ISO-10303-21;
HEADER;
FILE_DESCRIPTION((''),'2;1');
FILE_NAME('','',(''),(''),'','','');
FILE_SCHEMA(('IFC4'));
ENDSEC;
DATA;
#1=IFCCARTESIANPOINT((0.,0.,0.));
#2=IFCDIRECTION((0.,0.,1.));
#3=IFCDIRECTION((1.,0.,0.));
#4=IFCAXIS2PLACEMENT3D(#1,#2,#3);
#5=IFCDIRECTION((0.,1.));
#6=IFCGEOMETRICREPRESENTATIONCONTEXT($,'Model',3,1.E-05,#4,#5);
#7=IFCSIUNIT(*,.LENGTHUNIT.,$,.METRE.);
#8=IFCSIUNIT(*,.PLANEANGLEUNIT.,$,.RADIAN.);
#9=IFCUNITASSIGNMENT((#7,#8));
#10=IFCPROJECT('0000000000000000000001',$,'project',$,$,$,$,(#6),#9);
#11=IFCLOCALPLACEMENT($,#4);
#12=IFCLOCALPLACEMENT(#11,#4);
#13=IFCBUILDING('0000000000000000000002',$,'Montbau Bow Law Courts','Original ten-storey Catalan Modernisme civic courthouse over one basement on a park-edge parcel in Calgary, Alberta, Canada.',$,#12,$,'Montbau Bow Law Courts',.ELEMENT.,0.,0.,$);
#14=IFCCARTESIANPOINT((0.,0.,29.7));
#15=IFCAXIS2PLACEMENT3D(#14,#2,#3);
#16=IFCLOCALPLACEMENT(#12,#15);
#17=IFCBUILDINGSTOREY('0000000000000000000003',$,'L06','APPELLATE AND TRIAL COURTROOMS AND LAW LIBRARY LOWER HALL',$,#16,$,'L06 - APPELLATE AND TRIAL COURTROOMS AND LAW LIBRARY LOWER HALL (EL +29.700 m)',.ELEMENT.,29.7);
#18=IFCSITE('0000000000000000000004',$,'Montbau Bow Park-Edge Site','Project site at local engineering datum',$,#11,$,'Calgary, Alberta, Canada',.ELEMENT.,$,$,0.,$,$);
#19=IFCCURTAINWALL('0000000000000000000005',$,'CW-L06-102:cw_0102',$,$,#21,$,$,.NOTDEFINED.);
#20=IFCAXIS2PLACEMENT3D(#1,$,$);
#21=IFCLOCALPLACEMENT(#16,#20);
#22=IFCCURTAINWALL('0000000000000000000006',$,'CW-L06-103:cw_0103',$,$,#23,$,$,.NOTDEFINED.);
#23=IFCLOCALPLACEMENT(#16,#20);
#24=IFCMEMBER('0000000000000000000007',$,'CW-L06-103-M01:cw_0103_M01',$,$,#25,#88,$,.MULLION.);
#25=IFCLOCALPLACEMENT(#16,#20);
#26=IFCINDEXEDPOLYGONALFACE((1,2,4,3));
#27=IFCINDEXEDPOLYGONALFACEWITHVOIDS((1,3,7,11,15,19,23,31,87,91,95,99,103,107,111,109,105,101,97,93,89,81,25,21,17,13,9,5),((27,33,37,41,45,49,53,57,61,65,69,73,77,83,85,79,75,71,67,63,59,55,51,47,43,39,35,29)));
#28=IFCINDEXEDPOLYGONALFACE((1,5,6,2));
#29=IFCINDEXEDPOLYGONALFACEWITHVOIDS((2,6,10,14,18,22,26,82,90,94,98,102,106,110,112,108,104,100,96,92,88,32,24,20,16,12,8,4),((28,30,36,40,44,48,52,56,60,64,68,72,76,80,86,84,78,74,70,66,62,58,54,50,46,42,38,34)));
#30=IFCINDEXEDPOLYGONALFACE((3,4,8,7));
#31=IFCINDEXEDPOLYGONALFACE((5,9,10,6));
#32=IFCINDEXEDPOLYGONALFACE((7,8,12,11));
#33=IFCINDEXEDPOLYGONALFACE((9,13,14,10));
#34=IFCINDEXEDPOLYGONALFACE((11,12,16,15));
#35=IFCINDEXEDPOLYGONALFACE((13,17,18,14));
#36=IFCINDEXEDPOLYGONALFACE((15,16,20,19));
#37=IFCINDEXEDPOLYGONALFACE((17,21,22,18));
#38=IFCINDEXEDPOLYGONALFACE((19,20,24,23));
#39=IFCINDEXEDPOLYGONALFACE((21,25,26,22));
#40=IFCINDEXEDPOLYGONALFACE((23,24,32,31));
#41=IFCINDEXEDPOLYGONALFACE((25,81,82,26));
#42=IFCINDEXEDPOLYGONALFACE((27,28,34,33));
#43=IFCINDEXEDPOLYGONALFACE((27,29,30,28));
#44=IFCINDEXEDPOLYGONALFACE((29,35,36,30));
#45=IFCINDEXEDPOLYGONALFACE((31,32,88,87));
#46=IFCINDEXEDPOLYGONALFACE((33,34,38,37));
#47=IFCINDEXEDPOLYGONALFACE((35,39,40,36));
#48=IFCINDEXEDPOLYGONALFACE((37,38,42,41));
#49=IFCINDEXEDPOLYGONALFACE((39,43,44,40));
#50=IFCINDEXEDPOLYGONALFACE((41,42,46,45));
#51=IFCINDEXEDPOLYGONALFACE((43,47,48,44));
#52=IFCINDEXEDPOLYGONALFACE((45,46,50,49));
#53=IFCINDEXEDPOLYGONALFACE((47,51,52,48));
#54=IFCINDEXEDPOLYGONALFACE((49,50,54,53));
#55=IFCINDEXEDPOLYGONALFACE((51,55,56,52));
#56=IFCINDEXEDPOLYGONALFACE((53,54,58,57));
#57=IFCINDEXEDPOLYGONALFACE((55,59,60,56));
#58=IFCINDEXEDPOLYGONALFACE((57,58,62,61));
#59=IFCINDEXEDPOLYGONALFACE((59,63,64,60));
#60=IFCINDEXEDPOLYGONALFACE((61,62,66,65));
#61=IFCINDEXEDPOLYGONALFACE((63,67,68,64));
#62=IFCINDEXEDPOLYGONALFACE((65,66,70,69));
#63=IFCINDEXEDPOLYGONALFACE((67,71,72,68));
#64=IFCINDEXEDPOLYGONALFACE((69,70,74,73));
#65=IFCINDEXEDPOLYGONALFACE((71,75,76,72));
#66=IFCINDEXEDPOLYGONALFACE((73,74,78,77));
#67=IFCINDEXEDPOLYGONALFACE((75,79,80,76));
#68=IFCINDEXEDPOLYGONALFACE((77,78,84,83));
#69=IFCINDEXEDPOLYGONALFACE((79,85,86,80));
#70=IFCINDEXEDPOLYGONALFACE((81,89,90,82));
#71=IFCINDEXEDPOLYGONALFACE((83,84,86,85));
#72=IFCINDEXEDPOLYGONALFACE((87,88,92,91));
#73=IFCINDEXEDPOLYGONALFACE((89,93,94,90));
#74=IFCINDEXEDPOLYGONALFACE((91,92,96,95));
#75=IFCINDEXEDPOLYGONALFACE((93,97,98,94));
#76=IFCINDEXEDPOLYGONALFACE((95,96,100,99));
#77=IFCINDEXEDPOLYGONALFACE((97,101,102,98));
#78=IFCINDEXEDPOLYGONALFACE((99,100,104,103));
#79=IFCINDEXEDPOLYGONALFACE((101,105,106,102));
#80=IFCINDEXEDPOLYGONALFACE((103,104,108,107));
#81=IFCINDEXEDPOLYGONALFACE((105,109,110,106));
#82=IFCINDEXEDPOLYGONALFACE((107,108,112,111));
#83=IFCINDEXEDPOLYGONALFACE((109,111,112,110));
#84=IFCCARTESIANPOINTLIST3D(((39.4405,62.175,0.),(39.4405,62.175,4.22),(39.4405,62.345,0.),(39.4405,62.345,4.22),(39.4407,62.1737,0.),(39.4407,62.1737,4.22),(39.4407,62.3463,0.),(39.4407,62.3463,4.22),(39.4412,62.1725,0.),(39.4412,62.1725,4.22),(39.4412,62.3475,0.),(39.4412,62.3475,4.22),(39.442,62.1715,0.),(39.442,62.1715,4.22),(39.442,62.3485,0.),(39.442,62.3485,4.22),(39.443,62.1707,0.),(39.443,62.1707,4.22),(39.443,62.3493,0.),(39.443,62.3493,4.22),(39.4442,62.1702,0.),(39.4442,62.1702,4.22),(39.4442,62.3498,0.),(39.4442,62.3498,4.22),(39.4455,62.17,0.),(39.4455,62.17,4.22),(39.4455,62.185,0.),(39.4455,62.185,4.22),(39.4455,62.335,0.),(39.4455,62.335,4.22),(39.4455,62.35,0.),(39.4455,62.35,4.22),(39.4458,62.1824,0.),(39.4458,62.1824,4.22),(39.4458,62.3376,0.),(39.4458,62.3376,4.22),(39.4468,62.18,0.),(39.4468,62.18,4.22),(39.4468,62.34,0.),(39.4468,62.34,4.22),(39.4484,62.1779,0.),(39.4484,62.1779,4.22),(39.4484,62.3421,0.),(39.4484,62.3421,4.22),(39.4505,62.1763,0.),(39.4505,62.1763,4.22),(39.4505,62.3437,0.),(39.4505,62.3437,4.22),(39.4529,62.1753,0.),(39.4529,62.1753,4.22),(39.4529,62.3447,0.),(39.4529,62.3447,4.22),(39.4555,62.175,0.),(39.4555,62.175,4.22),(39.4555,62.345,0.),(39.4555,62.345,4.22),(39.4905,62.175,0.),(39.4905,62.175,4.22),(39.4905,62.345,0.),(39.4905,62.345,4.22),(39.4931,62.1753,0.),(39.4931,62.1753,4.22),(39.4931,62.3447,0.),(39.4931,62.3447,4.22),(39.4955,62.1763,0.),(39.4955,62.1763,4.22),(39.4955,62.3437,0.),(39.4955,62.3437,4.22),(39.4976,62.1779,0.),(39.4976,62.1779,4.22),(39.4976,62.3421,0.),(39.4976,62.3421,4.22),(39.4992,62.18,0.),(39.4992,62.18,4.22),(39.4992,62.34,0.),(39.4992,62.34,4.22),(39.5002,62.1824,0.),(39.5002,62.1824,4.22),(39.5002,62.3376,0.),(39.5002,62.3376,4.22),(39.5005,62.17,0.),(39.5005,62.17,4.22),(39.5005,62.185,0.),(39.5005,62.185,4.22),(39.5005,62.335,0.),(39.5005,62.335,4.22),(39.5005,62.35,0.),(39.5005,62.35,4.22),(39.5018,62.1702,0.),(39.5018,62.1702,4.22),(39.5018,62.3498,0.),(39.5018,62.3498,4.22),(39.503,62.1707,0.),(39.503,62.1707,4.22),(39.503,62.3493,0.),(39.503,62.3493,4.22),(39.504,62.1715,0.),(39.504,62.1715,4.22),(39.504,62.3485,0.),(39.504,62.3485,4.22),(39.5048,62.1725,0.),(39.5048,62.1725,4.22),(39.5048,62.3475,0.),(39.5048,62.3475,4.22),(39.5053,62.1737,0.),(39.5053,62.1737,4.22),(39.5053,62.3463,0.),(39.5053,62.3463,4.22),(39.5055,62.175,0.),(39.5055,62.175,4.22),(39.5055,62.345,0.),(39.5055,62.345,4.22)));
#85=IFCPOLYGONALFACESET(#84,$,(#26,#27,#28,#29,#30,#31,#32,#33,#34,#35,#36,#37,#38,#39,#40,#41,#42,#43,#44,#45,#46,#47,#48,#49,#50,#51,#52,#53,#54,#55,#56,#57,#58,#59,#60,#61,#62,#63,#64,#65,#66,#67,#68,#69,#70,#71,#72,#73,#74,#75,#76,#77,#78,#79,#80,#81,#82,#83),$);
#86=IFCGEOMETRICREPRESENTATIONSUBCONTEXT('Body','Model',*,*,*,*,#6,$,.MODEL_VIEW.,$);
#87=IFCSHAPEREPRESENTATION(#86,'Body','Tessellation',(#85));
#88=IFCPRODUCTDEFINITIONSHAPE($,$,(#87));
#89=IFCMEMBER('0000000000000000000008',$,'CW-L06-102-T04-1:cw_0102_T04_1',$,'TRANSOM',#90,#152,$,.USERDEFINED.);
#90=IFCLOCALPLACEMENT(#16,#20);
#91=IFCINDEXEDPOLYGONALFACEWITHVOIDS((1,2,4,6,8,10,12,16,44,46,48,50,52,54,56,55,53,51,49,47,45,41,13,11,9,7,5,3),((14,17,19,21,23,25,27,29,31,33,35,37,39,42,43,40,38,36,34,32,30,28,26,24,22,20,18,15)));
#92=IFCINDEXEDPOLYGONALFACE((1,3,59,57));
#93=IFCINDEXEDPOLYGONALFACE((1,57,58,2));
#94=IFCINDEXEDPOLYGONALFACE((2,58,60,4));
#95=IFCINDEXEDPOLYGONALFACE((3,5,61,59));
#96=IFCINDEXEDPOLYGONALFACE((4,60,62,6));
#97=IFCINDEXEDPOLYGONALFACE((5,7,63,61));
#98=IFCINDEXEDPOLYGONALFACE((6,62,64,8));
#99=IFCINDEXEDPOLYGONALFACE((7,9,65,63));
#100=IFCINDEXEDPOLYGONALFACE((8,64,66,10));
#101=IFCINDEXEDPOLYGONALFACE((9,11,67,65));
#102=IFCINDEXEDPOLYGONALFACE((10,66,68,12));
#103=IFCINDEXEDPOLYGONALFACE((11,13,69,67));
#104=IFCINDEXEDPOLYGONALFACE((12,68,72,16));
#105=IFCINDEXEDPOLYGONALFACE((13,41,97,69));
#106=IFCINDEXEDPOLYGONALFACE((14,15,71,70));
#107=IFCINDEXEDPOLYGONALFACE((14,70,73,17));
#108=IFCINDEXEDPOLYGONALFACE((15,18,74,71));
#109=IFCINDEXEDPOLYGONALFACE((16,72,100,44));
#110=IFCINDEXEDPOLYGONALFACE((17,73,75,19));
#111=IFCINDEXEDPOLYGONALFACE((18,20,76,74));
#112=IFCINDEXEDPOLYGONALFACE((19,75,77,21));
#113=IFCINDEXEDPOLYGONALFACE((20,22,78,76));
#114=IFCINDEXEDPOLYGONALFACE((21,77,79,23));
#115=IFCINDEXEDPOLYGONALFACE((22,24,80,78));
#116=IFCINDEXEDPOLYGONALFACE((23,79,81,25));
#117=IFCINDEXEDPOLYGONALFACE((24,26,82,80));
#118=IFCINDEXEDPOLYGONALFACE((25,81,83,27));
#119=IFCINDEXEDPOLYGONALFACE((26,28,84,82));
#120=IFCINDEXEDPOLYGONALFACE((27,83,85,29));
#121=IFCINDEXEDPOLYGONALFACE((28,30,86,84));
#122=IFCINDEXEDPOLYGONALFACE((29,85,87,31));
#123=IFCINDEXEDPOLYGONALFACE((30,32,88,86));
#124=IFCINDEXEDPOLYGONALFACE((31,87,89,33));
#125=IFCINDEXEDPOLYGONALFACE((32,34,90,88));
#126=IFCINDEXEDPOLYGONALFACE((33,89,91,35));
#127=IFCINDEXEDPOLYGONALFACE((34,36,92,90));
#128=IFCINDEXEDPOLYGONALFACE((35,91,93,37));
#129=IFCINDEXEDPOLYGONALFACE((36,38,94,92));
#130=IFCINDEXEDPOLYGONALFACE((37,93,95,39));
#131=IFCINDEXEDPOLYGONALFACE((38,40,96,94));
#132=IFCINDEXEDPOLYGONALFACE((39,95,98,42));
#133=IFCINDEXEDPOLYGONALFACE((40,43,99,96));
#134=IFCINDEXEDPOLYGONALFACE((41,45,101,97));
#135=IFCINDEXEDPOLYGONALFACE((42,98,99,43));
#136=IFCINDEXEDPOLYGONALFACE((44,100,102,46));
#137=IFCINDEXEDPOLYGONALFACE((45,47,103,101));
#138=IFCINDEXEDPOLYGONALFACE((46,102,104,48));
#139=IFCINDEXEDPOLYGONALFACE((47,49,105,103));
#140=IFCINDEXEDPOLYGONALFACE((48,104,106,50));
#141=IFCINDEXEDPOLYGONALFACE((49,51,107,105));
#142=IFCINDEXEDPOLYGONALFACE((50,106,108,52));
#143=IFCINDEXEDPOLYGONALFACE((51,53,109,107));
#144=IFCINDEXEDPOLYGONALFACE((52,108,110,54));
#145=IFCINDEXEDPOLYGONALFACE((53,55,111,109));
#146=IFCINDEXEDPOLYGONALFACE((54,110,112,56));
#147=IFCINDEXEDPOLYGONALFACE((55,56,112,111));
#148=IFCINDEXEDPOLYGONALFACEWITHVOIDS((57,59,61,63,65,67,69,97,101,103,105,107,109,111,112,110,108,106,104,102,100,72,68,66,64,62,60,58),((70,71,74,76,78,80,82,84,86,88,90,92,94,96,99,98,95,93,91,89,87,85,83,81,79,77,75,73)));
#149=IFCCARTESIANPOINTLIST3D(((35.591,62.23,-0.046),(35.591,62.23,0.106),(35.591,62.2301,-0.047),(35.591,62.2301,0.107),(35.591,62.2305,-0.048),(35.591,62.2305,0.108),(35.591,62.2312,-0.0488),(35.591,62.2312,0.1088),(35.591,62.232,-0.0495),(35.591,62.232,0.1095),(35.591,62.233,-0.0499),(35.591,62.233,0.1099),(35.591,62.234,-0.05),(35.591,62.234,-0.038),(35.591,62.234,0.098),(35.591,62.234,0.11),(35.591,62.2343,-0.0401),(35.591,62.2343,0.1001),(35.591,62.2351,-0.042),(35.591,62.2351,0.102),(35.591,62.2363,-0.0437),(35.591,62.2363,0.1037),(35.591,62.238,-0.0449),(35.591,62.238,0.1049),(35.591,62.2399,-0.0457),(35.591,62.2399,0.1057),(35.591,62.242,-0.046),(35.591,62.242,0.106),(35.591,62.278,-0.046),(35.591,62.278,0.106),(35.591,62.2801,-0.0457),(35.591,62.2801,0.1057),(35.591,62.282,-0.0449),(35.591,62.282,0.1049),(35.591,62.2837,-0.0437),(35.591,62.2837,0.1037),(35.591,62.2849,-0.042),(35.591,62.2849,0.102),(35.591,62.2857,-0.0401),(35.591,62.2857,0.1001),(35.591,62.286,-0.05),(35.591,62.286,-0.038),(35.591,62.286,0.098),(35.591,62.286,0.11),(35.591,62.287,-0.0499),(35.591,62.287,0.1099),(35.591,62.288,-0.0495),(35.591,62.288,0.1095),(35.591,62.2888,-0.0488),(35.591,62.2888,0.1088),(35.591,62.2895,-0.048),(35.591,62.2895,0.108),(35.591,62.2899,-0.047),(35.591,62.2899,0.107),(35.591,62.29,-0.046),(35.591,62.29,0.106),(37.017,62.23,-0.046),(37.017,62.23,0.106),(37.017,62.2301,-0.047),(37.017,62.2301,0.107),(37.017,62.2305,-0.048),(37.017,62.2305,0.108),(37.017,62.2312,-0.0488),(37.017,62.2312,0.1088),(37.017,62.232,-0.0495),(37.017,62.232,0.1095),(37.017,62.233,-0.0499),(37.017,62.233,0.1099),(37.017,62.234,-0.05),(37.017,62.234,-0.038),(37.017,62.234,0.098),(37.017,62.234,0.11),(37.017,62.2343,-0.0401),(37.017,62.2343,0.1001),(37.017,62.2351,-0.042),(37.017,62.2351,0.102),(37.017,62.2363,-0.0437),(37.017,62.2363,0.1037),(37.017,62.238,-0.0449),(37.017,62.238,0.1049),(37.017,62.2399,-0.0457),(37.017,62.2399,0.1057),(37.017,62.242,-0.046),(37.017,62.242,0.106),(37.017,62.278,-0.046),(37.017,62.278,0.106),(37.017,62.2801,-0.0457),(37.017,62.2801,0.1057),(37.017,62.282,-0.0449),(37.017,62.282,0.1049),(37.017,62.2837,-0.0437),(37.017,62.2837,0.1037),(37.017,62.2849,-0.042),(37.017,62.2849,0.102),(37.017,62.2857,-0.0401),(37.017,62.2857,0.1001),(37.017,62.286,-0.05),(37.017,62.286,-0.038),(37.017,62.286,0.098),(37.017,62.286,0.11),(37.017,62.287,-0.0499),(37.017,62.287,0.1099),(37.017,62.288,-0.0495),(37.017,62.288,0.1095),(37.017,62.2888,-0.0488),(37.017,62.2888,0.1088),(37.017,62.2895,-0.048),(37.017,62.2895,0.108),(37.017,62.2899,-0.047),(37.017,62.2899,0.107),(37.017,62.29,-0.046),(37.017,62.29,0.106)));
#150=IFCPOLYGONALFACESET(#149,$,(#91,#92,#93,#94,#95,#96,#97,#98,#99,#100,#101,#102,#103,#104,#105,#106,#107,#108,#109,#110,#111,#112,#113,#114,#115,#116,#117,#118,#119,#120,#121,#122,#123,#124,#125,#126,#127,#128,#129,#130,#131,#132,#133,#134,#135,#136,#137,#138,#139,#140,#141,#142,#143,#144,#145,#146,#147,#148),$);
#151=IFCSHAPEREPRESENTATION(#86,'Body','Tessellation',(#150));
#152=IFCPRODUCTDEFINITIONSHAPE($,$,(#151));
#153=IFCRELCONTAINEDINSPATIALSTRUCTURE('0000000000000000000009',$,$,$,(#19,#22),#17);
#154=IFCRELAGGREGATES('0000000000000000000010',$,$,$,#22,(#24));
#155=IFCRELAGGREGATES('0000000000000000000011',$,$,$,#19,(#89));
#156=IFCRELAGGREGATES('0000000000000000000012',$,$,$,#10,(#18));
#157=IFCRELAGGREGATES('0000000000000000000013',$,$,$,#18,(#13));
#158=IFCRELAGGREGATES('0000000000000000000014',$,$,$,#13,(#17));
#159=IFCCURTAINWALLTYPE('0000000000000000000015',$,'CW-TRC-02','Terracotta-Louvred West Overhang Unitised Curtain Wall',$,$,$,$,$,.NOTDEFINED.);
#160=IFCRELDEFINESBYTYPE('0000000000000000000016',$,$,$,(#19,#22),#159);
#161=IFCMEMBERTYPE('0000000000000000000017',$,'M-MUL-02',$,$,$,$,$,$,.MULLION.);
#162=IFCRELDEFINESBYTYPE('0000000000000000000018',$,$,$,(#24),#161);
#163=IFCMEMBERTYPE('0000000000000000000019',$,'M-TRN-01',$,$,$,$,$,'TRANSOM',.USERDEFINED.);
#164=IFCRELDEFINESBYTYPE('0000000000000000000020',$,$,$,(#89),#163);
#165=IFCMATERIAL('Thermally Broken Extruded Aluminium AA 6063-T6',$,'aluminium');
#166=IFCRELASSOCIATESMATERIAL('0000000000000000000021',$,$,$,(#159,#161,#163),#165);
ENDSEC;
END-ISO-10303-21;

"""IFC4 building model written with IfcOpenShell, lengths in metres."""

from ifc_helpers import new_model, si_unit, direction, frame, origin_with_axes, origin_2d_with_axis, place, context, subcontext, project, spatial, hollow_rectangle, extrude, material, material_profile, profile_set, type_object, element, aggregate, save


model = new_model("IFC4")

# Units and contexts
model_context = context("Model", 3, precision=1e-05, world=origin_with_axes(), true_north=direction((0.0, 1.0)))
body_context = subcontext(model_context, "Body", "Model", "MODEL_VIEW")
ifc_project = project(units=[si_unit("LENGTHUNIT", "METRE"), si_unit("PLANEANGLEUNIT", "RADIAN")], contexts=[model_context])

# Site, building, storey
site_placement = place(None, origin_with_axes())
site = spatial("IfcSite", under=ifc_project, at=site_placement, Name="Montbau Bow Park-Edge Site", Description="Project site at local engineering datum", LongName="Calgary, Alberta, Canada", CompositionType="ELEMENT", RefElevation=0.0)
building_placement = place(site_placement, origin_with_axes())
building = spatial("IfcBuilding", under=site, at=building_placement, Name="Montbau Bow Law Courts", Description="Original ten-storey Catalan Modernisme civic courthouse over one basement on a park-edge parcel in Calgary, Alberta, Canada.", LongName="Montbau Bow Law Courts", CompositionType="ELEMENT", ElevationOfRefHeight=0.0, ElevationOfTerrain=0.0)
storey_placement = place(building_placement, frame((0.0, 0.0, 29.7), z_axis=(0.0, 0.0, 1.0), x_axis=(1.0, 0.0, 0.0)))
storey = spatial("IfcBuildingStorey", under=building, at=storey_placement, Name="L06", Description="APPELLATE AND TRIAL COURTROOMS AND LAW LIBRARY LOWER HALL", LongName="L06 - APPELLATE AND TRIAL COURTROOMS AND LAW LIBRARY LOWER HALL (EL +29.700 m)", CompositionType="ELEMENT", Elevation=29.7)

# Curtain wall
ifc_material_1 = material(Name="Thermally Broken Extruded Aluminium AA 6063-T6", Category="aluminium")
curtain_wall_type = type_object("IfcCurtainWallType", Name="CW-TRC-02", Description="Terracotta-Louvred West Overhang Unitised Curtain Wall", PredefinedType="NOTDEFINED", material=ifc_material_1)
curtain_wall_1_placement = place(None, frame((31.04, 62.26, 29.7), z_axis=(0.0, 0.0, 1.0), x_axis=(1.0, 0.0, 0.0)))
curtain_wall_1 = element("IfcCurtainWall", 1, at=curtain_wall_1_placement, inside=storey, type_object=curtain_wall_type, Name="CW-L06-102:cw_0102", PredefinedType="NOTDEFINED")

# Curtain wall, member
curtain_wall_2_placement = place(None, frame((39.44, 62.26, 29.7), z_axis=(0.0, 0.0, 1.0), x_axis=(1.0, 0.0, 0.0)))
curtain_wall_2 = element("IfcCurtainWall", 2, at=curtain_wall_2_placement, inside=storey, type_object=curtain_wall_type, Name="CW-L06-103:cw_0103", PredefinedType="NOTDEFINED")
ifc_material_profile_1 = material_profile(ifc_material_1, hollow_rectangle(XDim=0.065, YDim=0.18, WallThickness=0.005, InnerFilletRadius=0.01, OuterFilletRadius=0.005, at=origin_2d_with_axis()), Name="CWM-180X65", Category="Main", Priority=0)
ifc_profile_set_1 = profile_set([ifc_material_profile_1], Name="Thermally Broken Extruded Aluminium AA 6063-T6")
member_type_1 = type_object("IfcMemberType", Name="M-MUL-02", PredefinedType="MULLION", material=ifc_profile_set_1)
member_1_placement = place(None, frame((39.473, 62.26, 29.7), z_axis=(0.0, 0.0, 1.0), x_axis=(1.0, 0.0, 0.0)))
member_1 = element("IfcMember", 3, at=member_1_placement, type_object=member_type_1, Name="CW-L06-103-M01:cw_0103_M01", PredefinedType="MULLION", context=body_context, shape_type="SweptSolid", body=[
    extrude(hollow_rectangle(XDim=0.065, YDim=0.18, WallThickness=0.005, InnerFilletRadius=0.01, OuterFilletRadius=0.005, at=origin_2d_with_axis()), origin_with_axes(), (0.0, 0.0, 1.0), 4.22),
])
aggregate(curtain_wall_2, [member_1])

# Member
ifc_material_profile_2 = material_profile(ifc_material_1, hollow_rectangle(XDim=0.06, YDim=0.16, WallThickness=0.004, InnerFilletRadius=0.008, OuterFilletRadius=0.004, at=origin_2d_with_axis()), Name="CWT-160X60", Category="Main", Priority=0)
ifc_profile_set_2 = profile_set([ifc_material_profile_2], Name="Thermally Broken Extruded Aluminium AA 6063-T6")
member_type_2 = type_object("IfcMemberType", Name="M-TRN-01", ElementType="TRANSOM", PredefinedType="USERDEFINED", material=ifc_profile_set_2)
member_2_placement = place(None, frame((35.591, 62.26, 29.73), z_axis=(1.0, 0.0, 0.0), x_axis=(0.0, 1.0, 0.0)))
member_2 = element("IfcMember", 4, at=member_2_placement, type_object=member_type_2, Name="CW-L06-102-T04-1:cw_0102_T04_1", ObjectType="TRANSOM", PredefinedType="USERDEFINED", context=body_context, shape_type="SweptSolid", body=[
    extrude(hollow_rectangle(XDim=0.06, YDim=0.16, WallThickness=0.004, InnerFilletRadius=0.008, OuterFilletRadius=0.004, at=origin_2d_with_axis()), origin_with_axes(), (0.0, 0.0, 1.0), 1.426),
])

aggregate(curtain_wall_1, [member_2])

save(model, "model.ifc")
